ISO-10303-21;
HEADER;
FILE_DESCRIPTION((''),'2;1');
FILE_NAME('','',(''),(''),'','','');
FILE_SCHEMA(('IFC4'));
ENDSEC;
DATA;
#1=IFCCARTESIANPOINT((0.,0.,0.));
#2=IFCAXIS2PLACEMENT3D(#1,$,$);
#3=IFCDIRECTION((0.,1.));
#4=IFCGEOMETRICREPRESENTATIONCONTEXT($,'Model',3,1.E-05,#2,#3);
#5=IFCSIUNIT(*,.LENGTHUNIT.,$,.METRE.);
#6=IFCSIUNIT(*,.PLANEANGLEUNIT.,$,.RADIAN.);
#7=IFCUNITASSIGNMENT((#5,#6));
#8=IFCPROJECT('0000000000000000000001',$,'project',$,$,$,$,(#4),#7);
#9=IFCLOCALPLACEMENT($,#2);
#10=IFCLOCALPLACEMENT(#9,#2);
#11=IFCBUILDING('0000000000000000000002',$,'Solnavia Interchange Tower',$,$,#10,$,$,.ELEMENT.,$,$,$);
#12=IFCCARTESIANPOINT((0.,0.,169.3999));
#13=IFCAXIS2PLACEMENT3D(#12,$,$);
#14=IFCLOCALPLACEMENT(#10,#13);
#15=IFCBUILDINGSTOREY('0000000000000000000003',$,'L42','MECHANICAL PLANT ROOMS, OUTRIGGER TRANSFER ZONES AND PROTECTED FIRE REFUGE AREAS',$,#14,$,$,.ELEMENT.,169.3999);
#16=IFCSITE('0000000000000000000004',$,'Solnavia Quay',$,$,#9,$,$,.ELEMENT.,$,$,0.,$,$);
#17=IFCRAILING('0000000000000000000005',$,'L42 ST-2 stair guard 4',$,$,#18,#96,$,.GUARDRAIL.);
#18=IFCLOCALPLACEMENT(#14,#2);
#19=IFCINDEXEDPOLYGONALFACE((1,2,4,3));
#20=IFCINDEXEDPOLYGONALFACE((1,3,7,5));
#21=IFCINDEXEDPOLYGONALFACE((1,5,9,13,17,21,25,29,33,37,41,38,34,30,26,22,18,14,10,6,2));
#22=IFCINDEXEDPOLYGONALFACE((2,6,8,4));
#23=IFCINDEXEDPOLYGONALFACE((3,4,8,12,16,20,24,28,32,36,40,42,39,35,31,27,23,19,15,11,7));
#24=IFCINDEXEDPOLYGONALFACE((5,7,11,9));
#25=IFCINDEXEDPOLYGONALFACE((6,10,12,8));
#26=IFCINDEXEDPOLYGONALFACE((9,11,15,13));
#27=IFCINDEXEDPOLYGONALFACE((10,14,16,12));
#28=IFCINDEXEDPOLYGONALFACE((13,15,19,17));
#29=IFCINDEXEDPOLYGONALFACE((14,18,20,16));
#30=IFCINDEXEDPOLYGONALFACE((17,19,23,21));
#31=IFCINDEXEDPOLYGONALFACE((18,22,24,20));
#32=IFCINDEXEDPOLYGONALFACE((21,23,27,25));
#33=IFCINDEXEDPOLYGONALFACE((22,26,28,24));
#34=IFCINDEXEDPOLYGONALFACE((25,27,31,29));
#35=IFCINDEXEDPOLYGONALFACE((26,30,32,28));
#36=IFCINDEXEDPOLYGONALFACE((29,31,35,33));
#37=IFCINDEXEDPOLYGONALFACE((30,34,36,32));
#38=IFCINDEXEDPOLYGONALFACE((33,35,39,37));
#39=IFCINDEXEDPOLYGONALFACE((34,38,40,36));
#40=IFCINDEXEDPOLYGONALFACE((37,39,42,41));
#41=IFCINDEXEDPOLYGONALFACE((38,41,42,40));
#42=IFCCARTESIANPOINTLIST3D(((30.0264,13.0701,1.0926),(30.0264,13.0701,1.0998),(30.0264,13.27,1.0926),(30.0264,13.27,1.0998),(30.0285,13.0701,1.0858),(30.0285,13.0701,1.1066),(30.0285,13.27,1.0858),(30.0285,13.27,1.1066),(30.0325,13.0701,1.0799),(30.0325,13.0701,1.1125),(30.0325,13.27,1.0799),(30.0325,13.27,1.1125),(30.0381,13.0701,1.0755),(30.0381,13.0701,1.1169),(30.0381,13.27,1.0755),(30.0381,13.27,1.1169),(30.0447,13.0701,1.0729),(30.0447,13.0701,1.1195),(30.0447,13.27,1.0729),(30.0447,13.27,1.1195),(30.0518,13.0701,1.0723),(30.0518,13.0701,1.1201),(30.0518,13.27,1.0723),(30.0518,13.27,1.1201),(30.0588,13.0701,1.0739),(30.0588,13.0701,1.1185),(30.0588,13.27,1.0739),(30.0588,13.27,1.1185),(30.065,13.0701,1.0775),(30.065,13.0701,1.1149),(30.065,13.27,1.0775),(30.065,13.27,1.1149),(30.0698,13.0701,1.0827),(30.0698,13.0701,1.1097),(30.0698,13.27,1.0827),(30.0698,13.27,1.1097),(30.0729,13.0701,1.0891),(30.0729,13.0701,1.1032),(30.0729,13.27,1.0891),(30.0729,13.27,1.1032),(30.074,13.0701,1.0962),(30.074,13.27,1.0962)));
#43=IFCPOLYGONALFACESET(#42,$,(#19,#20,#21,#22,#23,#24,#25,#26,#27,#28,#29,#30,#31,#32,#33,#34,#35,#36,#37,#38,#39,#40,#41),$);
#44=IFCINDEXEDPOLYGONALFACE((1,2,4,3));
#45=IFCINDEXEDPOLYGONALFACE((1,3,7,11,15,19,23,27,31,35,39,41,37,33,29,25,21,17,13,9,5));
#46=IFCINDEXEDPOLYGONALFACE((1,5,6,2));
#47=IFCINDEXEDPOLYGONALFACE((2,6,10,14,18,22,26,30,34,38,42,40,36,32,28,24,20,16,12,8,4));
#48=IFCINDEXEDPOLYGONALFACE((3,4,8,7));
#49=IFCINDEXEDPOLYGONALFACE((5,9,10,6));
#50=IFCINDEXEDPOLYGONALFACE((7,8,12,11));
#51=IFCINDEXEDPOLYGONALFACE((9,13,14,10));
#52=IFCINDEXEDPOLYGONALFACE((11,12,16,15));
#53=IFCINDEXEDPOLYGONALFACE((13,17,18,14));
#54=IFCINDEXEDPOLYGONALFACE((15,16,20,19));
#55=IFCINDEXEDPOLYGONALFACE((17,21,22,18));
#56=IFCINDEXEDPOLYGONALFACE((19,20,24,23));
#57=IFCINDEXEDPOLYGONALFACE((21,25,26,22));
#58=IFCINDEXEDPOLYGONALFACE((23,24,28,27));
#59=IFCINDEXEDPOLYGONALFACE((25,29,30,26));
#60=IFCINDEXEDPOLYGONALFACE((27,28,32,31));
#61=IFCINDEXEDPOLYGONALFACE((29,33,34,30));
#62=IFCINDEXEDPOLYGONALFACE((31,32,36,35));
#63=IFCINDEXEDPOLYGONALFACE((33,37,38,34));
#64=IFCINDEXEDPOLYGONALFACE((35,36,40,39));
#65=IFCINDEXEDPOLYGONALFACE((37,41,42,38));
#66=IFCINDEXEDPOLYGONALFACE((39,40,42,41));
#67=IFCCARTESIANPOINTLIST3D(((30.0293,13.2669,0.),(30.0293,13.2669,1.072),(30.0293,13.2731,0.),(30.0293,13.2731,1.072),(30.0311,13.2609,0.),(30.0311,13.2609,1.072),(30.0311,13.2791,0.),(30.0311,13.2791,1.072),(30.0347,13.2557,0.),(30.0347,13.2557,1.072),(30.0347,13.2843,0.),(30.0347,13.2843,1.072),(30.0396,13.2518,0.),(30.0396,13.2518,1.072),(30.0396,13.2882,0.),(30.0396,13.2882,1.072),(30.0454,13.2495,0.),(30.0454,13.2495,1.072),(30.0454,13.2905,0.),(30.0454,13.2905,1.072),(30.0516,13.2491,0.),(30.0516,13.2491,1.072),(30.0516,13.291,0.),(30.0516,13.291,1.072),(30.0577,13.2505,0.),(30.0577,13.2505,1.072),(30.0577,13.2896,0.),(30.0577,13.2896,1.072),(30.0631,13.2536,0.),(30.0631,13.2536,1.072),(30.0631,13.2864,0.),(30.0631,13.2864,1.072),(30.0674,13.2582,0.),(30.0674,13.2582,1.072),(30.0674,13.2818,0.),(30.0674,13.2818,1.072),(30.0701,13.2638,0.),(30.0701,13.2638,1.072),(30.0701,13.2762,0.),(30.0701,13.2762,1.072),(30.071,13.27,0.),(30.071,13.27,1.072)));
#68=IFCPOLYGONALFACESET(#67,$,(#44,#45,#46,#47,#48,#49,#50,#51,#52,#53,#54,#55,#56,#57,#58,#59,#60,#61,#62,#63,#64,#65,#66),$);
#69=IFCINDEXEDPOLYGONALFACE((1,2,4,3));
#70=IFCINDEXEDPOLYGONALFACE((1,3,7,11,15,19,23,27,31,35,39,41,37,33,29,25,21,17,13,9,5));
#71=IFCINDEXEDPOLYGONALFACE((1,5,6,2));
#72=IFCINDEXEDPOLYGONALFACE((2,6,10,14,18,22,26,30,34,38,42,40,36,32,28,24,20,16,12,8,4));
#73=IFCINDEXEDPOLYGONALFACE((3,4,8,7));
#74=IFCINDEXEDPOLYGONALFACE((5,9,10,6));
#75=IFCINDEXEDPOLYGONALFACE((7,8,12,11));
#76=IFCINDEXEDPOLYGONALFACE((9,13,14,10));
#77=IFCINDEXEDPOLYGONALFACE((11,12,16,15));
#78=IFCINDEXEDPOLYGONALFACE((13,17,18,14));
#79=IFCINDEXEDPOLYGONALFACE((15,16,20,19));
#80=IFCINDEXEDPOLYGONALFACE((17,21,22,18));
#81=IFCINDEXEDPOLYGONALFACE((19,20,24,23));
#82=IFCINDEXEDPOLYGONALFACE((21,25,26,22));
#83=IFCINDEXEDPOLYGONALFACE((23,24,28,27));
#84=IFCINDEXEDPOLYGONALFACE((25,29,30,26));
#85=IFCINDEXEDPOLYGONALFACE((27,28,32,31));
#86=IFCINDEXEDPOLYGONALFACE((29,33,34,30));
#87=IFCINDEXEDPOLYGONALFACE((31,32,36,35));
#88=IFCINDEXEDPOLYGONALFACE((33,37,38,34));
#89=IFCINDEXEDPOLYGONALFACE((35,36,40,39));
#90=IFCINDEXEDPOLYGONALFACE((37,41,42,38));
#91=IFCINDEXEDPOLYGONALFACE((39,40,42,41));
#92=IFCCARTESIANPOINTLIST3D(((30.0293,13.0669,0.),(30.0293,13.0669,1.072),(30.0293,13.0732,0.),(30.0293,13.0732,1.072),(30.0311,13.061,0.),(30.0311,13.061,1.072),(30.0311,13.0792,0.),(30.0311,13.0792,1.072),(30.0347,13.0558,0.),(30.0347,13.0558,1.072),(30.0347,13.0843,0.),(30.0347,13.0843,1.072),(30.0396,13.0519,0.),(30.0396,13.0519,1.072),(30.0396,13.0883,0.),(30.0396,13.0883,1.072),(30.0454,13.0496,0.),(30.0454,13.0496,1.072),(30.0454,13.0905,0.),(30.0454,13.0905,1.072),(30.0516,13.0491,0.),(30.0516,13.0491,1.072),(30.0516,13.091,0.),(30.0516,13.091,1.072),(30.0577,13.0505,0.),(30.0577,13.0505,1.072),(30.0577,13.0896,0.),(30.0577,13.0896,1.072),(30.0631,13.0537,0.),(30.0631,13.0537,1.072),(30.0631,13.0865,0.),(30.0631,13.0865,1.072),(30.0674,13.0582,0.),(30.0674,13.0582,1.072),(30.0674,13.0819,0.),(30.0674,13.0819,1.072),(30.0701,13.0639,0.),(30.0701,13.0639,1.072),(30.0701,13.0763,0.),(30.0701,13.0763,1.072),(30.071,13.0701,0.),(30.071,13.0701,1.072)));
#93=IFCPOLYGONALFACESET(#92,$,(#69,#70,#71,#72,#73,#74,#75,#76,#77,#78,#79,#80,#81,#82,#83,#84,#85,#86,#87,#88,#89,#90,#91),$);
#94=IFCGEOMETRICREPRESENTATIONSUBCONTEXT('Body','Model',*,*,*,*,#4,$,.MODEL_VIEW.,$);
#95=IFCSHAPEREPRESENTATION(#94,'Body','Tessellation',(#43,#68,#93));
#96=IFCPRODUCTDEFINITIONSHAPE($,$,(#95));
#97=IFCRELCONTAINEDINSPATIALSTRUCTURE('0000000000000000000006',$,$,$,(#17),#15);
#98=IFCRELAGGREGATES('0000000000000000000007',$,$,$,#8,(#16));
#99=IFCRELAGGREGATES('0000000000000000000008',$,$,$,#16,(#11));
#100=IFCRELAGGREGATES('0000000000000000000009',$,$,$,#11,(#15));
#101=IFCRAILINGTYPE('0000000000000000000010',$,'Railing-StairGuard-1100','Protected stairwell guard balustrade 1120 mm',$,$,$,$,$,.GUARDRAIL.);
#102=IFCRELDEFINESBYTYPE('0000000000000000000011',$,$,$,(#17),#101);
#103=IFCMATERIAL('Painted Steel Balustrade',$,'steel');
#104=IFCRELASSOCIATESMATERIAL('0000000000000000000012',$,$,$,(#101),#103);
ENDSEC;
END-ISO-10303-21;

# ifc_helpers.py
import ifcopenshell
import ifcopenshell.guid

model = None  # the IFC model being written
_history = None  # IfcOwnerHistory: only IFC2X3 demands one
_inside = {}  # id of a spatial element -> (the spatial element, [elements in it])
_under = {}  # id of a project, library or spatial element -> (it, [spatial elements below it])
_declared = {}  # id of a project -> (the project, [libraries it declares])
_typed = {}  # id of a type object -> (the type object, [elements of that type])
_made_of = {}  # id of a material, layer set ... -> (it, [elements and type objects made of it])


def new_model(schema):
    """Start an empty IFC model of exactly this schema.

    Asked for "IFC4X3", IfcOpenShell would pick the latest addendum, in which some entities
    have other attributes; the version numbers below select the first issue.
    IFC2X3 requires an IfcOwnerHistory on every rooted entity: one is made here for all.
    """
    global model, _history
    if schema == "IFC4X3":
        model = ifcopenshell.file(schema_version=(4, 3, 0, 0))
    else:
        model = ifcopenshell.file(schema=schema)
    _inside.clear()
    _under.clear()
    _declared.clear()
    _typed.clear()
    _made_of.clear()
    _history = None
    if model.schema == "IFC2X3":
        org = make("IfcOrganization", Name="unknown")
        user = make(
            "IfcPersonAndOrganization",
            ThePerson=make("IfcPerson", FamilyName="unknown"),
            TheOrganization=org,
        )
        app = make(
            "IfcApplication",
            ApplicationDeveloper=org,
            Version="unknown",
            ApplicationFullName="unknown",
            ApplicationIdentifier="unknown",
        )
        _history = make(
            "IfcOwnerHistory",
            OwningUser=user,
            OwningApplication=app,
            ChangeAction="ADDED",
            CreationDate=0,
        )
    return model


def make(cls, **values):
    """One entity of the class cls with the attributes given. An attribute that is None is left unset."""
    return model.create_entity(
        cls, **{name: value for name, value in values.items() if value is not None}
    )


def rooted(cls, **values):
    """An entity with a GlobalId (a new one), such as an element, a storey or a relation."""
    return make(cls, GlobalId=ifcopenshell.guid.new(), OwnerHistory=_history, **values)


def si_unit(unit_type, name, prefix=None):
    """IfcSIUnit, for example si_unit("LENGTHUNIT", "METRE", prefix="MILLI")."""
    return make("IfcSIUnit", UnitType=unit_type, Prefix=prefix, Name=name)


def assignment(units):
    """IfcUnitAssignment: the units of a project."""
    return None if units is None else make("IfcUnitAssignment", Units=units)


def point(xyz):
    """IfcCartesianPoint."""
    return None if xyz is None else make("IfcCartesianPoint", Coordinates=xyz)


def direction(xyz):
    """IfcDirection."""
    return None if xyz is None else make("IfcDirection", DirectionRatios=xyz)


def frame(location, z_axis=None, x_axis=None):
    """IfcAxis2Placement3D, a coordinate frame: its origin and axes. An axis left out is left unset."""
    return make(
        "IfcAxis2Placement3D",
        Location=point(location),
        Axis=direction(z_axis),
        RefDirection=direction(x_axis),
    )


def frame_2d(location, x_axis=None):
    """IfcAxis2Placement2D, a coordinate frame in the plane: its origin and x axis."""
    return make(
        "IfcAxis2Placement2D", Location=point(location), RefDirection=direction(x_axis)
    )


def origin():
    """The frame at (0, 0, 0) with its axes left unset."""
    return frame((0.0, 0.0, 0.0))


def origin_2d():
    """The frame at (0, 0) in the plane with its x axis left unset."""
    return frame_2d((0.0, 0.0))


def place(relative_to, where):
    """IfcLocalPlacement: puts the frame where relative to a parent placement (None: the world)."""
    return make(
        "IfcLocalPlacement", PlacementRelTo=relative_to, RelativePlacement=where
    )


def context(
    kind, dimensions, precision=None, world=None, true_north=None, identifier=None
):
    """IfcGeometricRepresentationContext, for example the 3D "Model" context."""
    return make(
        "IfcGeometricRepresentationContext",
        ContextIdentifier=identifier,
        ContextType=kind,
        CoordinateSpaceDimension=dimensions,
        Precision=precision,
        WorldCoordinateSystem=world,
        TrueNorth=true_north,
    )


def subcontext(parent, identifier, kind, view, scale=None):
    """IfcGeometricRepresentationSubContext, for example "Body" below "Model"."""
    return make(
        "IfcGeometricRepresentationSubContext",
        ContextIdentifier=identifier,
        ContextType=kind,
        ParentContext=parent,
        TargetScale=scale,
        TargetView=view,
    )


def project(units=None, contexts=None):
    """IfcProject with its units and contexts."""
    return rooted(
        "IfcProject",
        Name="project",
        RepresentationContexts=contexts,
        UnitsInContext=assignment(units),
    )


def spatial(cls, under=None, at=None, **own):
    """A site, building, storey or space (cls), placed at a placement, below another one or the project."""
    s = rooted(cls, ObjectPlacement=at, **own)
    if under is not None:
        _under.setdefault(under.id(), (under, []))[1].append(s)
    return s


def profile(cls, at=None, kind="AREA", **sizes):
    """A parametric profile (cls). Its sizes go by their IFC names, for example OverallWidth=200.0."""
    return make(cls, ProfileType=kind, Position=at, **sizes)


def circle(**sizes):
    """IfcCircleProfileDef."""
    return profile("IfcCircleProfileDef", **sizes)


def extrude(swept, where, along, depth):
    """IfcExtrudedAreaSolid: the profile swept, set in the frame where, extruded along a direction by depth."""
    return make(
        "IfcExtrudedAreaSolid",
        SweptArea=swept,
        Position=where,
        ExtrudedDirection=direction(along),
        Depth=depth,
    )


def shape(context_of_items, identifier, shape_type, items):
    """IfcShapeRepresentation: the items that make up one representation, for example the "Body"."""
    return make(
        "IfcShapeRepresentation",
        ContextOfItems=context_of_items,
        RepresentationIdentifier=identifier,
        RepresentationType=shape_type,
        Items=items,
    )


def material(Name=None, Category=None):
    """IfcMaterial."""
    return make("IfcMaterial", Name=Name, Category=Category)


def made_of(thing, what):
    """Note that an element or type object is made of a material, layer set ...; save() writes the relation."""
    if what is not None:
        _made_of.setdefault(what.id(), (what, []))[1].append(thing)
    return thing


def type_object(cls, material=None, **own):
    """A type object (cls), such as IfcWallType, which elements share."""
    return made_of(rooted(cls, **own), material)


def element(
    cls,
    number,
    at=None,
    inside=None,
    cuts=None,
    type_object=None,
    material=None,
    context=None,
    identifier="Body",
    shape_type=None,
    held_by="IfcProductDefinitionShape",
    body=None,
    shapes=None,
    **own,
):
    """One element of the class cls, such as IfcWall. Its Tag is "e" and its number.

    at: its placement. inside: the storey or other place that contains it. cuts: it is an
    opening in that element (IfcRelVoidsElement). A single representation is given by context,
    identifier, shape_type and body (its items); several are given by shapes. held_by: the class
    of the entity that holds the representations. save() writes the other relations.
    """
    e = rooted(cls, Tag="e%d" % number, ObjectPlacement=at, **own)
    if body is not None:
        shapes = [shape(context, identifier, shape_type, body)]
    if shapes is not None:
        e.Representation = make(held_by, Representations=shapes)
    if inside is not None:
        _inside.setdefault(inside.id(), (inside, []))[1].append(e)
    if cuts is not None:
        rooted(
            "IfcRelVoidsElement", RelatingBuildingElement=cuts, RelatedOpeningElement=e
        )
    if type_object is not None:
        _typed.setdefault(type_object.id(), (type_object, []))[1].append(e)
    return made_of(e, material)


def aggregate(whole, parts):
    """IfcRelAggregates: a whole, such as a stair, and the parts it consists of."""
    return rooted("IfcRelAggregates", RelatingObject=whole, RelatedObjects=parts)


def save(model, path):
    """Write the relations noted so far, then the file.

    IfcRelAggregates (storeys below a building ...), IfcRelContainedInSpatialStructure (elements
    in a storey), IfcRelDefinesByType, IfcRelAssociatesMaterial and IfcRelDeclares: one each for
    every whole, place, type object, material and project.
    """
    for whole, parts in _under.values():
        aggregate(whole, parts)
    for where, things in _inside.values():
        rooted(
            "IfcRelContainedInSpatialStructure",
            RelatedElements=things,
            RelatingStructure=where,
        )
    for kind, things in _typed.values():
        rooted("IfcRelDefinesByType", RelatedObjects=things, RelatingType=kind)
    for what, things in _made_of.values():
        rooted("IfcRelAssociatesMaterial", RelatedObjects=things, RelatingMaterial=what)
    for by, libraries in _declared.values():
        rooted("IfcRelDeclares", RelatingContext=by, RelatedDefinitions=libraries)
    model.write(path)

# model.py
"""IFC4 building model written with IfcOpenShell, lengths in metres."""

from ifc_helpers import new_model, si_unit, direction, frame, origin, origin_2d, place, context, subcontext, project, spatial, circle, extrude, material, type_object, element, save


model = new_model("IFC4")

# Units and contexts
model_context = context("Model", 3, precision=1e-05, world=origin(), true_north=direction((0.0, 1.0)))
body_context = subcontext(model_context, "Body", "Model", "MODEL_VIEW")
ifc_project = project(units=[si_unit("LENGTHUNIT", "METRE"), si_unit("PLANEANGLEUNIT", "RADIAN")], contexts=[model_context])

# Site, building, storey
site_placement = place(None, origin())
site = spatial("IfcSite", under=ifc_project, at=site_placement, Name="Solnavia Quay", CompositionType="ELEMENT", RefElevation=0.0)
building_placement = place(site_placement, origin())
building = spatial("IfcBuilding", under=site, at=building_placement, Name="Solnavia Interchange Tower", CompositionType="ELEMENT")
storey_placement = place(building_placement, frame((0.0, 0.0, 169.3999)))
storey = spatial("IfcBuildingStorey", under=building, at=storey_placement, Name="L42", Description="MECHANICAL PLANT ROOMS, OUTRIGGER TRANSFER ZONES AND PROTECTED FIRE REFUGE AREAS", CompositionType="ELEMENT", Elevation=169.3999)

# Railing
ifc_material_1 = material(Name="Painted Steel Balustrade", Category="steel")
railing_type = type_object("IfcRailingType", Name="Railing-StairGuard-1100", Description="Protected stairwell guard balustrade 1120 mm", PredefinedType="GUARDRAIL", material=ifc_material_1)
railing_1_placement = place(storey_placement, frame((30.05, 13.27, 0.0)))
element("IfcRailing", 1, at=railing_1_placement, inside=storey, type_object=railing_type, Name="L42 ST-2 stair guard 4", PredefinedType="GUARDRAIL", context=body_context, shape_type="SweptSolid", body=[
    extrude(circle(Radius=0.0239, at=origin_2d()), frame((0.0, 0.0, 1.0962), z_axis=(0.0, -1.0, 0.0), x_axis=(1.0, 0.0, 0.0)), (0.0, 0.0, 1.0), 0.2),
    extrude(circle(Radius=0.021, at=origin_2d()), origin(), (0.0, 0.0, 1.0), 1.072),
    extrude(circle(Radius=0.021, at=origin_2d()), frame((0.0, -0.2, 0.0)), (0.0, 0.0, 1.0), 1.072),
])

save(model, "model.ifc")
